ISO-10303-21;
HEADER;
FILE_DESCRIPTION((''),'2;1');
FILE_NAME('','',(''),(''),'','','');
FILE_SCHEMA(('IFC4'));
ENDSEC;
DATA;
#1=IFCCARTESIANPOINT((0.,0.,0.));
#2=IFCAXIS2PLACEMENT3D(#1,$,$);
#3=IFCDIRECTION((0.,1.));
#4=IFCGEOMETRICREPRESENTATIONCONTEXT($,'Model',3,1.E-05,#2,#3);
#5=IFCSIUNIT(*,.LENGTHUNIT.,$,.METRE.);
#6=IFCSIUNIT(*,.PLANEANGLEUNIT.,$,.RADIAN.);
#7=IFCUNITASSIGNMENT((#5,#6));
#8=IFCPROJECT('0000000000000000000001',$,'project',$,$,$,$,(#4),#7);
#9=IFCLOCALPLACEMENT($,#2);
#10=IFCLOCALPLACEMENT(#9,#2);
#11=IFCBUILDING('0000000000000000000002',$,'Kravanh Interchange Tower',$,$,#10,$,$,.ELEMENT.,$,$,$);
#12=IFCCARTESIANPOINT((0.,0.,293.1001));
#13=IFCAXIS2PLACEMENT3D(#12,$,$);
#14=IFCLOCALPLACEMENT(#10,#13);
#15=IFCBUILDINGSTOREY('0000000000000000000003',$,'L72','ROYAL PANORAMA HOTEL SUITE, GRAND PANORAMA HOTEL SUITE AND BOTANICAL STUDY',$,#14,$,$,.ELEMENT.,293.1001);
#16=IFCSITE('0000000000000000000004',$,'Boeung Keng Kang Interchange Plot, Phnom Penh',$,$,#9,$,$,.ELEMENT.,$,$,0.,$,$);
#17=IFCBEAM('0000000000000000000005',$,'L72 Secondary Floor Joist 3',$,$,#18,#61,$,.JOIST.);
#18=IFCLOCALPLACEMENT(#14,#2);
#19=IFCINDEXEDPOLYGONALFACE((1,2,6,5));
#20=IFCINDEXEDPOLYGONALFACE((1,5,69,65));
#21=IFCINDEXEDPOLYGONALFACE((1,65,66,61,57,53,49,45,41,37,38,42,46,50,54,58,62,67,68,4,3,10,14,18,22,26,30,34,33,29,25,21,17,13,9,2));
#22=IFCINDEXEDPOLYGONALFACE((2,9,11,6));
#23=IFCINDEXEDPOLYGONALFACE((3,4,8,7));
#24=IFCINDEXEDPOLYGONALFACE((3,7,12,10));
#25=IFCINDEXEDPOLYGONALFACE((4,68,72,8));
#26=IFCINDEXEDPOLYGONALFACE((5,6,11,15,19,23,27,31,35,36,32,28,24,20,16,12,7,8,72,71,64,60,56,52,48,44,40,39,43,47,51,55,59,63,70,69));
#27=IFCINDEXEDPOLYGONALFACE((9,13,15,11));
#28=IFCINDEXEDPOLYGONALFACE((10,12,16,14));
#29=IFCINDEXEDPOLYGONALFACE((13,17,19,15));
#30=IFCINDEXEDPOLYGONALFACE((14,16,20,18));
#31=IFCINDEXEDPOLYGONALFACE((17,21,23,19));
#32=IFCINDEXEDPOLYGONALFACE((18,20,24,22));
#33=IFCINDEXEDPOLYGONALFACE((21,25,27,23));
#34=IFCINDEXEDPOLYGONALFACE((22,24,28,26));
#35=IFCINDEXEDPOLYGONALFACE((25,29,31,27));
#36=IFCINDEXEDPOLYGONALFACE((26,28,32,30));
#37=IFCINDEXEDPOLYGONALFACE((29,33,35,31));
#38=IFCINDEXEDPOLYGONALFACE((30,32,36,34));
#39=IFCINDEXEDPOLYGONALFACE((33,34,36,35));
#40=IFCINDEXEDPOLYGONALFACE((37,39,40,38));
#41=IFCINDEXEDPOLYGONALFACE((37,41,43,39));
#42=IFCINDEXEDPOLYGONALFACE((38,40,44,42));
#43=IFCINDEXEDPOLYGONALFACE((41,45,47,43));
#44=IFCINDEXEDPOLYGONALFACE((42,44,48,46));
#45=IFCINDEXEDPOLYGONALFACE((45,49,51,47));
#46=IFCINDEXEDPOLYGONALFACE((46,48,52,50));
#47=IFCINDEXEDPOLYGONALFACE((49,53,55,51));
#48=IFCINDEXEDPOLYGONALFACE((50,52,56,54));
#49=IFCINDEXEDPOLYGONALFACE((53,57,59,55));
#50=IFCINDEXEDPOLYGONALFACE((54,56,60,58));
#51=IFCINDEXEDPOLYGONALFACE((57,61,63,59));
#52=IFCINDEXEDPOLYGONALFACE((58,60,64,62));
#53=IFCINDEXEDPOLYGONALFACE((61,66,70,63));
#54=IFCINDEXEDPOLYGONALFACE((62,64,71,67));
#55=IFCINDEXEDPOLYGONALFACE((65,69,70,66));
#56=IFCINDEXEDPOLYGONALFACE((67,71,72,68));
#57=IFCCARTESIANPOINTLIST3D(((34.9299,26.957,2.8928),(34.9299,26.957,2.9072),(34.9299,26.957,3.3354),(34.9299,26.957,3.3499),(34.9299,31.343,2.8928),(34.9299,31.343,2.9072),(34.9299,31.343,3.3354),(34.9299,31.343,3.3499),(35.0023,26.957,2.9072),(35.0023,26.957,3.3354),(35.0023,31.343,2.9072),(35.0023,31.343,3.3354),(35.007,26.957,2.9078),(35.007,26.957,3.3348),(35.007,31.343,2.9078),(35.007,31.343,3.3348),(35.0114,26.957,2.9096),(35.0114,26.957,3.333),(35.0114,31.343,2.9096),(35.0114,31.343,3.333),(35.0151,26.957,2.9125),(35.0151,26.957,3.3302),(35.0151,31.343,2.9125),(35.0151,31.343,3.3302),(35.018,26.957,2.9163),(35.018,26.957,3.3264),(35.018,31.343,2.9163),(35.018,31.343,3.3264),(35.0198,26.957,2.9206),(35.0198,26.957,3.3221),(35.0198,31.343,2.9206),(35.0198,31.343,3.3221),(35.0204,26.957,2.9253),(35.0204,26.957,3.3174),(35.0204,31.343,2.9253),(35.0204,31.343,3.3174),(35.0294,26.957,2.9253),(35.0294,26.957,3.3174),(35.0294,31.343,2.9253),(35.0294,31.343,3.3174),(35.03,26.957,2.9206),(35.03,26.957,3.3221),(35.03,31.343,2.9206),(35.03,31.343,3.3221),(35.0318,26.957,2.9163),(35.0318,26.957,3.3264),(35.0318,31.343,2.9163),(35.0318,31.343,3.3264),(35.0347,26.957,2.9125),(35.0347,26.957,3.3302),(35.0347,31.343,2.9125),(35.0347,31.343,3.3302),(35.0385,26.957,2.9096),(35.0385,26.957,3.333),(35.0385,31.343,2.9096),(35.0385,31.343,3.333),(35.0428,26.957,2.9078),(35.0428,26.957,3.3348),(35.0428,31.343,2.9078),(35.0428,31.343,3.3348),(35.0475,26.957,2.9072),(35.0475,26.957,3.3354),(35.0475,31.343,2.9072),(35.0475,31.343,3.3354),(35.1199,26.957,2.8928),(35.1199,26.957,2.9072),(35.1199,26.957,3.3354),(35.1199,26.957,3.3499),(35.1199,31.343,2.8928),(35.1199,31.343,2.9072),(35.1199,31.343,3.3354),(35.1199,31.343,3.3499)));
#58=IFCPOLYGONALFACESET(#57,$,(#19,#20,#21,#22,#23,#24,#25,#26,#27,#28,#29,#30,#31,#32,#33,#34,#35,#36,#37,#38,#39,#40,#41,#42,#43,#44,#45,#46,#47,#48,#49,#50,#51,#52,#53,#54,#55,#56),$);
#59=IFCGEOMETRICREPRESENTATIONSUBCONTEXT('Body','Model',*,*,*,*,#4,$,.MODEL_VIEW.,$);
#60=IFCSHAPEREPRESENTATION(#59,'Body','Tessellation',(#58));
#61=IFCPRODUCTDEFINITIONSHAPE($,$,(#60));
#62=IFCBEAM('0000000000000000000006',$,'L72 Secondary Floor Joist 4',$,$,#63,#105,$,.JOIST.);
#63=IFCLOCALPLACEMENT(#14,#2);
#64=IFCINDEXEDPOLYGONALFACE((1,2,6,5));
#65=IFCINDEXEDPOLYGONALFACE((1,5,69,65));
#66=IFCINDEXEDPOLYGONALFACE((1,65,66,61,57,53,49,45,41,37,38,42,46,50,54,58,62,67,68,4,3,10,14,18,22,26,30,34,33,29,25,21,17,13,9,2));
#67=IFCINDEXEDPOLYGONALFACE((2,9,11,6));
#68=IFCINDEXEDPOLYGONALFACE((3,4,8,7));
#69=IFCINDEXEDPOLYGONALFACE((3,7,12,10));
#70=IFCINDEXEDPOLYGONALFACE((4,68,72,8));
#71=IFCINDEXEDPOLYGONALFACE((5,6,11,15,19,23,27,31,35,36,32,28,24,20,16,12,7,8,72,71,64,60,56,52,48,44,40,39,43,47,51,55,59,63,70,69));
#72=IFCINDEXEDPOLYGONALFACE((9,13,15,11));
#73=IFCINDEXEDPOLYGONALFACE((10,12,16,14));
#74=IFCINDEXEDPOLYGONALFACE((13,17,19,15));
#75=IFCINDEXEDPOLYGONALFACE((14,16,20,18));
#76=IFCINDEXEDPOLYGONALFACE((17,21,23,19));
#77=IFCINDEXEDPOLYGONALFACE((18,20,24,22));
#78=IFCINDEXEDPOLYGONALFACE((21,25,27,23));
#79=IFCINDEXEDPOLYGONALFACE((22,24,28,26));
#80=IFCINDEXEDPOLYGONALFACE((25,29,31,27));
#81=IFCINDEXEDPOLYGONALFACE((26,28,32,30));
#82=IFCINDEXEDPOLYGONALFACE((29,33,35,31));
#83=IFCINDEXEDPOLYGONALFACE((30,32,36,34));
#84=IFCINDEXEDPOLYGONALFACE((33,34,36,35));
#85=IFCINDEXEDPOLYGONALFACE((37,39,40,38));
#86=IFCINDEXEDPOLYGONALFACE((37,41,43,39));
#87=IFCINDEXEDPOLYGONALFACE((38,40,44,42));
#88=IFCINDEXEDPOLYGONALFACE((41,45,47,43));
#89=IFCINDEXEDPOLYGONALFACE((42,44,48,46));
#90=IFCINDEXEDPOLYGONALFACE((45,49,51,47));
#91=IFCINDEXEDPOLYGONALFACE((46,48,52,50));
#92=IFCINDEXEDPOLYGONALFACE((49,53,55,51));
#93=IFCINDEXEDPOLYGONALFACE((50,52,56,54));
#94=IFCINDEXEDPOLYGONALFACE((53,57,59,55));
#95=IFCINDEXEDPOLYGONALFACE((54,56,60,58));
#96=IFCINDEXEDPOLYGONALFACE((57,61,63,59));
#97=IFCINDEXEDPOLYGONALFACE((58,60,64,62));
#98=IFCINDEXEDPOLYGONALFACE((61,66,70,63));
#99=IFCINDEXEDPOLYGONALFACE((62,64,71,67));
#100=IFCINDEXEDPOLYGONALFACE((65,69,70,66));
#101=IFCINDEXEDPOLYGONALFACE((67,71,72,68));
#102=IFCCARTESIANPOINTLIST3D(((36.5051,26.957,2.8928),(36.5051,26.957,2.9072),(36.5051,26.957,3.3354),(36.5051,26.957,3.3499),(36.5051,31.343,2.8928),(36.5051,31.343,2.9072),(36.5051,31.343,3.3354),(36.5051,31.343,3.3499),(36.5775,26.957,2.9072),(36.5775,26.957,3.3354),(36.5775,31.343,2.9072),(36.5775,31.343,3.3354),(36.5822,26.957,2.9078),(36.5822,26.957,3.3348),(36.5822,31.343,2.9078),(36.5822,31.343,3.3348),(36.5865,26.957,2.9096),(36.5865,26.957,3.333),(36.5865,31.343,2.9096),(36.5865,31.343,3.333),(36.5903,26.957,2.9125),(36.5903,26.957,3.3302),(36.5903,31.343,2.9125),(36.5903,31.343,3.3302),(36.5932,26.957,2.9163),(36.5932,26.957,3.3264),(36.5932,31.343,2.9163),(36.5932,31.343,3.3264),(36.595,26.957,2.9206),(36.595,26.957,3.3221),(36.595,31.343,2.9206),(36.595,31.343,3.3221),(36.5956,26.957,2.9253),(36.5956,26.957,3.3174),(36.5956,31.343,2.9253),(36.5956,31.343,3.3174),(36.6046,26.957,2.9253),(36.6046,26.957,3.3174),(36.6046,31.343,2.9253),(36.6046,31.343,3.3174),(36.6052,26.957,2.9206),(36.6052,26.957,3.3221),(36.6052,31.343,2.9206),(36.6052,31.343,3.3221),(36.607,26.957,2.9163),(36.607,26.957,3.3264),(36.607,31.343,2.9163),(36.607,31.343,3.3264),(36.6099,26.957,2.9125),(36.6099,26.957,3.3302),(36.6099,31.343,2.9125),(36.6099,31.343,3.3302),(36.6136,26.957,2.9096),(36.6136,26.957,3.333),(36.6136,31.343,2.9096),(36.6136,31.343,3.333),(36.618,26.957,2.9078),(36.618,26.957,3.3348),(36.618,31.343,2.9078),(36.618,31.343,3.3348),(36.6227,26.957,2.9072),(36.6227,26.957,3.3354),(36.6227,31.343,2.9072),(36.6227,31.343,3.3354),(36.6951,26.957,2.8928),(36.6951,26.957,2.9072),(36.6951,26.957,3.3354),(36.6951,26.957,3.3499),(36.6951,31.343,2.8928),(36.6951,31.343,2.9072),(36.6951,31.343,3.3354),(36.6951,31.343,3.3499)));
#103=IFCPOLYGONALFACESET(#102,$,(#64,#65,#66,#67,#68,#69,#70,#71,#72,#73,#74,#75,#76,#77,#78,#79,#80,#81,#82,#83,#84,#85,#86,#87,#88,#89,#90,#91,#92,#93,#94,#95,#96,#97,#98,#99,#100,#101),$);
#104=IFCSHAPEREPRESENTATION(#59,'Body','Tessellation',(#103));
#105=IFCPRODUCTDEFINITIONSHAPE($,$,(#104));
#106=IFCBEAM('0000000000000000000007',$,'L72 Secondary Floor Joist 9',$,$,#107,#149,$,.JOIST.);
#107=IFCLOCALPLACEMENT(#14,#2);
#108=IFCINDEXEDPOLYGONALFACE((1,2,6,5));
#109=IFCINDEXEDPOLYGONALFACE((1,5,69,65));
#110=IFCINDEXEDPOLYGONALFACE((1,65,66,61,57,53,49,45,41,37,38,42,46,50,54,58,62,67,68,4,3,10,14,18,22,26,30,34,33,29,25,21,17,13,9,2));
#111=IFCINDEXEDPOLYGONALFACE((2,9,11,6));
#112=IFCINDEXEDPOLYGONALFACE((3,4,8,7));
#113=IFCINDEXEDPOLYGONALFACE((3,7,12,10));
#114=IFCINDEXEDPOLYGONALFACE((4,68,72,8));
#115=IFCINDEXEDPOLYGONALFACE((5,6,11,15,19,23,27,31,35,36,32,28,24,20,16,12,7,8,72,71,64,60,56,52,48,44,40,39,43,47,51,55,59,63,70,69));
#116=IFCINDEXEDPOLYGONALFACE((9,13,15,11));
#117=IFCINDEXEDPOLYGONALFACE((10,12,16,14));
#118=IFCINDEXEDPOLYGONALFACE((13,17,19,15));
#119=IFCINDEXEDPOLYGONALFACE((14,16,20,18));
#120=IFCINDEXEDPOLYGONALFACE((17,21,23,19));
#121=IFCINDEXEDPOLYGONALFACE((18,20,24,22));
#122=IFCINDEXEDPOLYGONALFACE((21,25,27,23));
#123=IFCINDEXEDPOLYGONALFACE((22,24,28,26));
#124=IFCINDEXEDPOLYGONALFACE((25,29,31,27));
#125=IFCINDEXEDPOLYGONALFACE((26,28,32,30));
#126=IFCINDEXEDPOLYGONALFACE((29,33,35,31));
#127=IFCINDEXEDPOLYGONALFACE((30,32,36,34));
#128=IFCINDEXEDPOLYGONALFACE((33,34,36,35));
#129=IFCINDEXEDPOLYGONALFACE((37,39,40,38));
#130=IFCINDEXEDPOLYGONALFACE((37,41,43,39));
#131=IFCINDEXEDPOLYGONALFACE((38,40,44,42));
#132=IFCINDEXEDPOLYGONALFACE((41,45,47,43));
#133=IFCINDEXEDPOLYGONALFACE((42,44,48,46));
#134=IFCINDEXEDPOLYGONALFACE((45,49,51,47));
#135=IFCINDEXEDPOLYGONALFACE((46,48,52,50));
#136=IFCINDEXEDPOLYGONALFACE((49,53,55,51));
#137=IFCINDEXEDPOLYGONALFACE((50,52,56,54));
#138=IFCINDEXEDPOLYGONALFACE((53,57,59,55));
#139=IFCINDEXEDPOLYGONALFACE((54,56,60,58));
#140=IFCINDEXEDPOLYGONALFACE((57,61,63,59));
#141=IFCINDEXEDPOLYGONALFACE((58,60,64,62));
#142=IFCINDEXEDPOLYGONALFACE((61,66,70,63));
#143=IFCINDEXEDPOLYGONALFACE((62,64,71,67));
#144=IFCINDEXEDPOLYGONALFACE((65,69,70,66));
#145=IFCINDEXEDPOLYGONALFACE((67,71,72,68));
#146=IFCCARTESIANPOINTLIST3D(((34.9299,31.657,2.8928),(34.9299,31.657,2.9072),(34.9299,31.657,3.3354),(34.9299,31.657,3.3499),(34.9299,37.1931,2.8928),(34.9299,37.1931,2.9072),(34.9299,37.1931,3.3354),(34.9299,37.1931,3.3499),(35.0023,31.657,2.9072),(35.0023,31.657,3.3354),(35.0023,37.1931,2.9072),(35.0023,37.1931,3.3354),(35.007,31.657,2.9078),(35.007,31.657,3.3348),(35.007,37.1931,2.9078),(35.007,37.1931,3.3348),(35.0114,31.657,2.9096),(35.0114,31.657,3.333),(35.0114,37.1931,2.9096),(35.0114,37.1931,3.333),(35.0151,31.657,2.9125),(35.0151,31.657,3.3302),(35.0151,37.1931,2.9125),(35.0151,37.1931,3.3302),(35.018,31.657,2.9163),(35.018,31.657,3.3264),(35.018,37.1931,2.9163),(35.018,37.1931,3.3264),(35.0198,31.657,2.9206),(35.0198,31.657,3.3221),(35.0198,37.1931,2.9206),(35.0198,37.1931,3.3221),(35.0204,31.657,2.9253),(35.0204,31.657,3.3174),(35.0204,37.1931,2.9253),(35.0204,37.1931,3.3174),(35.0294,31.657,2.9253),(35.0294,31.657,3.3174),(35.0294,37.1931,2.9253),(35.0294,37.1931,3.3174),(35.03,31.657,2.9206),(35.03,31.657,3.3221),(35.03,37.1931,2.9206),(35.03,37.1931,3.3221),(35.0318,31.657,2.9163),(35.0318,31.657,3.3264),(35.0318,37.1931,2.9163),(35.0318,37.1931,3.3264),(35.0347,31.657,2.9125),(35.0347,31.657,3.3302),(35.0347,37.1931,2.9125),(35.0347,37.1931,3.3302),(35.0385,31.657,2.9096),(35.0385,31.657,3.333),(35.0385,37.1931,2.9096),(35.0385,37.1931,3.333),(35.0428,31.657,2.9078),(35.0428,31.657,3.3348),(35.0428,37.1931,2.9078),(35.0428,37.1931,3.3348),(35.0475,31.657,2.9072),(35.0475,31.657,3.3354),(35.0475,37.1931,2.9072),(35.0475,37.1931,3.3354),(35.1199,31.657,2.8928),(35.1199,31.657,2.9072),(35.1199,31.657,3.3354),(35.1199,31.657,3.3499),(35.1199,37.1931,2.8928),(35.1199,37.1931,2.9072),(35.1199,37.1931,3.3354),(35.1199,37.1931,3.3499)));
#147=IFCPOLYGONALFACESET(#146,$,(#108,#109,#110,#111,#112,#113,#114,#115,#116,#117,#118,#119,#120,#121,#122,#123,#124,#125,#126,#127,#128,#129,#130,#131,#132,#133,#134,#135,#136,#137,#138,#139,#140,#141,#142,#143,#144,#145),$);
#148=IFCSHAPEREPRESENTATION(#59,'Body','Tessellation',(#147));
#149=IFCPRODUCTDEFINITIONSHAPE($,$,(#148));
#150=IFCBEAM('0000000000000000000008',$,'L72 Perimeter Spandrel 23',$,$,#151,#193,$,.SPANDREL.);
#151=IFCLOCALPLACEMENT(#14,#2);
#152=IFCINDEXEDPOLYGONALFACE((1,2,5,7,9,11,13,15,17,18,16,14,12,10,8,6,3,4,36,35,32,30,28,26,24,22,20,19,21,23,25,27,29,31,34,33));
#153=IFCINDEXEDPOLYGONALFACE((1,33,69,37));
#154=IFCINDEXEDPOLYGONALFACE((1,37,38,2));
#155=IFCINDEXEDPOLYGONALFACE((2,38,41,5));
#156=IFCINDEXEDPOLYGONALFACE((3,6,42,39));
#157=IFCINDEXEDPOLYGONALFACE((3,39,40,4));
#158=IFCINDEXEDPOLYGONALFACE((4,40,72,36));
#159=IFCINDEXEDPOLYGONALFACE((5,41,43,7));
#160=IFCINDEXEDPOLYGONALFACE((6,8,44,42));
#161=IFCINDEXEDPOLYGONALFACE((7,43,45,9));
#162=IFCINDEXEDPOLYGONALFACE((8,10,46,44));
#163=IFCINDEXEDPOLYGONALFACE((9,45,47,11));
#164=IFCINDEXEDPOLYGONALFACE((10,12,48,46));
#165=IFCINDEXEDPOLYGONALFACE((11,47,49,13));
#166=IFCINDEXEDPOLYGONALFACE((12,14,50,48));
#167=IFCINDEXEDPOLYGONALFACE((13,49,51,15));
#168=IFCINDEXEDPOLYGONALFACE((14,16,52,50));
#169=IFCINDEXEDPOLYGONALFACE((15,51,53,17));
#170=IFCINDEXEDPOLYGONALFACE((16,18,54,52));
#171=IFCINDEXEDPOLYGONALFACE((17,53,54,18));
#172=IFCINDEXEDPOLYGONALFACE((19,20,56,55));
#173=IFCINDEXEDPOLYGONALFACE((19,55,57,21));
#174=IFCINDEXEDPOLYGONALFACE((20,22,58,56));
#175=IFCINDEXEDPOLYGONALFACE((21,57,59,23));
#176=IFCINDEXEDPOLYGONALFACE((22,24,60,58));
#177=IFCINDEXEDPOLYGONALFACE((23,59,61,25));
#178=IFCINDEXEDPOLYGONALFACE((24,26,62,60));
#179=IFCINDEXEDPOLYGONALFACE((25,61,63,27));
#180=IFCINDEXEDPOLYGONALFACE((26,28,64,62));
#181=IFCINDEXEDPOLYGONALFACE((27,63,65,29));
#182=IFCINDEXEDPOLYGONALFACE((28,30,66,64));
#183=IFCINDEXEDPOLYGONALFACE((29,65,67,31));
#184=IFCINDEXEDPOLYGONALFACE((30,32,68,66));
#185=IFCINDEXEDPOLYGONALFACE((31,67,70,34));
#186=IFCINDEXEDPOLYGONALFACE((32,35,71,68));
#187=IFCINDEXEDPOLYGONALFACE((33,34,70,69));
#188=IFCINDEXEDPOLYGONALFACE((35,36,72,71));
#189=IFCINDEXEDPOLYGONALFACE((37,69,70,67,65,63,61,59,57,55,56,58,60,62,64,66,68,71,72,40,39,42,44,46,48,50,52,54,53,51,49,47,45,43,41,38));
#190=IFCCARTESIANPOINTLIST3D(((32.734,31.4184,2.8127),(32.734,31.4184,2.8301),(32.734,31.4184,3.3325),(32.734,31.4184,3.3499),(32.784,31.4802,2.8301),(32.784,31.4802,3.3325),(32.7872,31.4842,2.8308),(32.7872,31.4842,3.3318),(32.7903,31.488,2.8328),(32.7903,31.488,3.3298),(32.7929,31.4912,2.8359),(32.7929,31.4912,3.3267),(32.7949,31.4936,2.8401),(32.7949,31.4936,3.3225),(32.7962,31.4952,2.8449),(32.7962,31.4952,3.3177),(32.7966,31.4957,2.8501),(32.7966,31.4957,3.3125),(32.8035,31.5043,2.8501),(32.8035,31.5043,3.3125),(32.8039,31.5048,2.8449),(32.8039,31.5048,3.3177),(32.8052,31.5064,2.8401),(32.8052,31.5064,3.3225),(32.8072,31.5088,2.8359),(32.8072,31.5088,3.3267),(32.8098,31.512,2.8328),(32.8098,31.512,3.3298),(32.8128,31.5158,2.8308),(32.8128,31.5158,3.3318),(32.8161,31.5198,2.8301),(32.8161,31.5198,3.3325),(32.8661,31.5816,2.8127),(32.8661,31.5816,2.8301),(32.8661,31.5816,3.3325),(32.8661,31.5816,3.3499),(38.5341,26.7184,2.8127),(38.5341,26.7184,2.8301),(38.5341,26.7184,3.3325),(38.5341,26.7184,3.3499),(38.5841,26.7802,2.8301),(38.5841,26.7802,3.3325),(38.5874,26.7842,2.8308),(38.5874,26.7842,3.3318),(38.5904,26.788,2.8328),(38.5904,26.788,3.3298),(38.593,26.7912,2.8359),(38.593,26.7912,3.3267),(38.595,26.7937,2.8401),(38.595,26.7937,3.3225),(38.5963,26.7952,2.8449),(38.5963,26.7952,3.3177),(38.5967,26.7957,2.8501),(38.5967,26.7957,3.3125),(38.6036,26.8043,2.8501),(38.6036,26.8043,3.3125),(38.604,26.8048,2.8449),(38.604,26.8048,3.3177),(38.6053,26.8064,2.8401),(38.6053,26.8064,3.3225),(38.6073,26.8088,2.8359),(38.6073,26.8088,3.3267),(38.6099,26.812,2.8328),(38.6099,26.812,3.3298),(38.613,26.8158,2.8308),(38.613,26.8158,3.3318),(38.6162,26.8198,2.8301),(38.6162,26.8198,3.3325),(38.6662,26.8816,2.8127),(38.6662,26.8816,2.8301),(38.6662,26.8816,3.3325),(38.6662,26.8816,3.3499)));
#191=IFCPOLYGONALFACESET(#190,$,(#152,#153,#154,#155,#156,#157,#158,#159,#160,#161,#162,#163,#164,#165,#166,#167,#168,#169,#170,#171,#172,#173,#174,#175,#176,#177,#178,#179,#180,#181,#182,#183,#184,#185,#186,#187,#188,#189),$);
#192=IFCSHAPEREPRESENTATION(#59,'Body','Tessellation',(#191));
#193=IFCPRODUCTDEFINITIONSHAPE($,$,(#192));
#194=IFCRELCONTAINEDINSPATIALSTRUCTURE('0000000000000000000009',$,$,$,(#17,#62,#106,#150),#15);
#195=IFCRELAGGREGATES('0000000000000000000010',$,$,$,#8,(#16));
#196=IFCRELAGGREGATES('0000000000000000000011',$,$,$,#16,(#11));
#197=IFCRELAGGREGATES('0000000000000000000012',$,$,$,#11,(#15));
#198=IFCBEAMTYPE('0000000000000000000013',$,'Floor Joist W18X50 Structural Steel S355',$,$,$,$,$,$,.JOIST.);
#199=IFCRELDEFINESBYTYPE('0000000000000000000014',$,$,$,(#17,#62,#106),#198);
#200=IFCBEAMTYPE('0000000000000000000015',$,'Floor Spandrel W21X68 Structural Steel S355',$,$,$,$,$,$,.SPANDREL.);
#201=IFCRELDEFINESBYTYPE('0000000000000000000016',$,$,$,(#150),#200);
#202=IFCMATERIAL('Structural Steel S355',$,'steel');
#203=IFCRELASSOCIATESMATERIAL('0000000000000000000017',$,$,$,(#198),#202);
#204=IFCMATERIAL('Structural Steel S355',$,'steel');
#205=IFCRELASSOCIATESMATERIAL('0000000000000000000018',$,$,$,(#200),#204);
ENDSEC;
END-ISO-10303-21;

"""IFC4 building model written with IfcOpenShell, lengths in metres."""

from ifc_helpers import new_model, si_unit, direction, frame, origin, origin_2d, place, context, subcontext, project, spatial, i_section, extrude, material, material_profile, profile_set, type_object, element, save


model = new_model("IFC4")

# Units and contexts
model_context = context("Model", 3, precision=1e-05, world=origin(), true_north=direction((0.0, 1.0)))
body_context = subcontext(model_context, "Body", "Model", "MODEL_VIEW")
ifc_project = project(units=[si_unit("LENGTHUNIT", "METRE"), si_unit("PLANEANGLEUNIT", "RADIAN")], contexts=[model_context])

# Site, building, storey
site_placement = place(None, origin())
site = spatial("IfcSite", under=ifc_project, at=site_placement, Name="Boeung Keng Kang Interchange Plot, Phnom Penh", CompositionType="ELEMENT", RefElevation=0.0)
building_placement = place(site_placement, origin())
building = spatial("IfcBuilding", under=site, at=building_placement, Name="Kravanh Interchange Tower", CompositionType="ELEMENT")
storey_placement = place(building_placement, frame((0.0, 0.0, 293.1001)))
storey = spatial("IfcBuildingStorey", under=building, at=storey_placement, Name="L72", Description="ROYAL PANORAMA HOTEL SUITE, GRAND PANORAMA HOTEL SUITE AND BOTANICAL STUDY", CompositionType="ELEMENT", Elevation=293.1001)

# Beams
ifc_material_1 = material(Name="Structural Steel S355", Category="steel")
ifc_material_profile_1 = material_profile(ifc_material_1, i_section(OverallWidth=0.1899, OverallDepth=0.457, WebThickness=0.009, FlangeThickness=0.0144, FilletRadius=0.0181, at=origin_2d()), Name="W18X50")
ifc_profile_set_1 = profile_set([ifc_material_profile_1], Name="Structural Steel S355")
beam_type_1 = type_object("IfcBeamType", Name="Floor Joist W18X50 Structural Steel S355", PredefinedType="JOIST", material=ifc_profile_set_1)
for number, where, z_axis, x_axis, name in (
    (1, (35.0249, 26.957, 3.1213), (0.0, 1.0, 0.0), (-1.0, 0.0, 0.0), "L72 Secondary Floor Joist 3"),
    (2, (36.6001, 26.957, 3.1213), (0.0, 1.0, 0.0), (-1.0, 0.0, 0.0), "L72 Secondary Floor Joist 4"),
):
    element("IfcBeam", number, at=place(storey_placement, frame(where, z_axis=z_axis, x_axis=x_axis)), inside=storey, type_object=beam_type_1, Name=name, PredefinedType="JOIST", context=body_context, shape_type="SweptSolid", body=[
        extrude(i_section(OverallWidth=0.1899, OverallDepth=0.457, WebThickness=0.009, FlangeThickness=0.0144, FilletRadius=0.0181, at=origin_2d()), origin(), (0.0, 0.0, 1.0), 4.386),
    ])
beam_1_placement = place(storey_placement, frame((35.0249, 31.657, 3.1213), z_axis=(0.0, 1.0, 0.0), x_axis=(-1.0, 0.0, 0.0)))
element("IfcBeam", 3, at=beam_1_placement, inside=storey, type_object=beam_type_1, Name="L72 Secondary Floor Joist 9", PredefinedType="JOIST", context=body_context, shape_type="SweptSolid", body=[
    extrude(i_section(OverallWidth=0.1899, OverallDepth=0.457, WebThickness=0.009, FlangeThickness=0.0144, FilletRadius=0.0181, at=origin_2d()), origin(), (0.0, 0.0, 1.0), 5.5361),
])
ifc_material_2 = material(Name="Structural Steel S355", Category="steel")
ifc_material_profile_2 = material_profile(ifc_material_2, i_section(OverallWidth=0.21, OverallDepth=0.5371, WebThickness=0.011, FlangeThickness=0.0173, FilletRadius=0.02, at=origin_2d()), Name="W21X68")
ifc_profile_set_2 = profile_set([ifc_material_profile_2], Name="Structural Steel S355")
beam_type_2 = type_object("IfcBeamType", Name="Floor Spandrel W21X68 Structural Steel S355", PredefinedType="SPANDREL", material=ifc_profile_set_2)
beam_2_placement = place(storey_placement, frame((32.8, 31.5, 3.0813), z_axis=(0.776939, -0.629576, 0.0), x_axis=(0.629576, 0.776939, 0.0)))
element("IfcBeam", 4, at=beam_2_placement, inside=storey, type_object=beam_type_2, Name="L72 Perimeter Spandrel 23", PredefinedType="SPANDREL", context=body_context, shape_type="SweptSolid", body=[
    extrude(i_section(OverallWidth=0.21, OverallDepth=0.5371, WebThickness=0.011, FlangeThickness=0.0173, FilletRadius=0.02, at=origin_2d()), origin(), (0.0, 0.0, 1.0), 7.4653),
])

save(model, "model.ifc")
